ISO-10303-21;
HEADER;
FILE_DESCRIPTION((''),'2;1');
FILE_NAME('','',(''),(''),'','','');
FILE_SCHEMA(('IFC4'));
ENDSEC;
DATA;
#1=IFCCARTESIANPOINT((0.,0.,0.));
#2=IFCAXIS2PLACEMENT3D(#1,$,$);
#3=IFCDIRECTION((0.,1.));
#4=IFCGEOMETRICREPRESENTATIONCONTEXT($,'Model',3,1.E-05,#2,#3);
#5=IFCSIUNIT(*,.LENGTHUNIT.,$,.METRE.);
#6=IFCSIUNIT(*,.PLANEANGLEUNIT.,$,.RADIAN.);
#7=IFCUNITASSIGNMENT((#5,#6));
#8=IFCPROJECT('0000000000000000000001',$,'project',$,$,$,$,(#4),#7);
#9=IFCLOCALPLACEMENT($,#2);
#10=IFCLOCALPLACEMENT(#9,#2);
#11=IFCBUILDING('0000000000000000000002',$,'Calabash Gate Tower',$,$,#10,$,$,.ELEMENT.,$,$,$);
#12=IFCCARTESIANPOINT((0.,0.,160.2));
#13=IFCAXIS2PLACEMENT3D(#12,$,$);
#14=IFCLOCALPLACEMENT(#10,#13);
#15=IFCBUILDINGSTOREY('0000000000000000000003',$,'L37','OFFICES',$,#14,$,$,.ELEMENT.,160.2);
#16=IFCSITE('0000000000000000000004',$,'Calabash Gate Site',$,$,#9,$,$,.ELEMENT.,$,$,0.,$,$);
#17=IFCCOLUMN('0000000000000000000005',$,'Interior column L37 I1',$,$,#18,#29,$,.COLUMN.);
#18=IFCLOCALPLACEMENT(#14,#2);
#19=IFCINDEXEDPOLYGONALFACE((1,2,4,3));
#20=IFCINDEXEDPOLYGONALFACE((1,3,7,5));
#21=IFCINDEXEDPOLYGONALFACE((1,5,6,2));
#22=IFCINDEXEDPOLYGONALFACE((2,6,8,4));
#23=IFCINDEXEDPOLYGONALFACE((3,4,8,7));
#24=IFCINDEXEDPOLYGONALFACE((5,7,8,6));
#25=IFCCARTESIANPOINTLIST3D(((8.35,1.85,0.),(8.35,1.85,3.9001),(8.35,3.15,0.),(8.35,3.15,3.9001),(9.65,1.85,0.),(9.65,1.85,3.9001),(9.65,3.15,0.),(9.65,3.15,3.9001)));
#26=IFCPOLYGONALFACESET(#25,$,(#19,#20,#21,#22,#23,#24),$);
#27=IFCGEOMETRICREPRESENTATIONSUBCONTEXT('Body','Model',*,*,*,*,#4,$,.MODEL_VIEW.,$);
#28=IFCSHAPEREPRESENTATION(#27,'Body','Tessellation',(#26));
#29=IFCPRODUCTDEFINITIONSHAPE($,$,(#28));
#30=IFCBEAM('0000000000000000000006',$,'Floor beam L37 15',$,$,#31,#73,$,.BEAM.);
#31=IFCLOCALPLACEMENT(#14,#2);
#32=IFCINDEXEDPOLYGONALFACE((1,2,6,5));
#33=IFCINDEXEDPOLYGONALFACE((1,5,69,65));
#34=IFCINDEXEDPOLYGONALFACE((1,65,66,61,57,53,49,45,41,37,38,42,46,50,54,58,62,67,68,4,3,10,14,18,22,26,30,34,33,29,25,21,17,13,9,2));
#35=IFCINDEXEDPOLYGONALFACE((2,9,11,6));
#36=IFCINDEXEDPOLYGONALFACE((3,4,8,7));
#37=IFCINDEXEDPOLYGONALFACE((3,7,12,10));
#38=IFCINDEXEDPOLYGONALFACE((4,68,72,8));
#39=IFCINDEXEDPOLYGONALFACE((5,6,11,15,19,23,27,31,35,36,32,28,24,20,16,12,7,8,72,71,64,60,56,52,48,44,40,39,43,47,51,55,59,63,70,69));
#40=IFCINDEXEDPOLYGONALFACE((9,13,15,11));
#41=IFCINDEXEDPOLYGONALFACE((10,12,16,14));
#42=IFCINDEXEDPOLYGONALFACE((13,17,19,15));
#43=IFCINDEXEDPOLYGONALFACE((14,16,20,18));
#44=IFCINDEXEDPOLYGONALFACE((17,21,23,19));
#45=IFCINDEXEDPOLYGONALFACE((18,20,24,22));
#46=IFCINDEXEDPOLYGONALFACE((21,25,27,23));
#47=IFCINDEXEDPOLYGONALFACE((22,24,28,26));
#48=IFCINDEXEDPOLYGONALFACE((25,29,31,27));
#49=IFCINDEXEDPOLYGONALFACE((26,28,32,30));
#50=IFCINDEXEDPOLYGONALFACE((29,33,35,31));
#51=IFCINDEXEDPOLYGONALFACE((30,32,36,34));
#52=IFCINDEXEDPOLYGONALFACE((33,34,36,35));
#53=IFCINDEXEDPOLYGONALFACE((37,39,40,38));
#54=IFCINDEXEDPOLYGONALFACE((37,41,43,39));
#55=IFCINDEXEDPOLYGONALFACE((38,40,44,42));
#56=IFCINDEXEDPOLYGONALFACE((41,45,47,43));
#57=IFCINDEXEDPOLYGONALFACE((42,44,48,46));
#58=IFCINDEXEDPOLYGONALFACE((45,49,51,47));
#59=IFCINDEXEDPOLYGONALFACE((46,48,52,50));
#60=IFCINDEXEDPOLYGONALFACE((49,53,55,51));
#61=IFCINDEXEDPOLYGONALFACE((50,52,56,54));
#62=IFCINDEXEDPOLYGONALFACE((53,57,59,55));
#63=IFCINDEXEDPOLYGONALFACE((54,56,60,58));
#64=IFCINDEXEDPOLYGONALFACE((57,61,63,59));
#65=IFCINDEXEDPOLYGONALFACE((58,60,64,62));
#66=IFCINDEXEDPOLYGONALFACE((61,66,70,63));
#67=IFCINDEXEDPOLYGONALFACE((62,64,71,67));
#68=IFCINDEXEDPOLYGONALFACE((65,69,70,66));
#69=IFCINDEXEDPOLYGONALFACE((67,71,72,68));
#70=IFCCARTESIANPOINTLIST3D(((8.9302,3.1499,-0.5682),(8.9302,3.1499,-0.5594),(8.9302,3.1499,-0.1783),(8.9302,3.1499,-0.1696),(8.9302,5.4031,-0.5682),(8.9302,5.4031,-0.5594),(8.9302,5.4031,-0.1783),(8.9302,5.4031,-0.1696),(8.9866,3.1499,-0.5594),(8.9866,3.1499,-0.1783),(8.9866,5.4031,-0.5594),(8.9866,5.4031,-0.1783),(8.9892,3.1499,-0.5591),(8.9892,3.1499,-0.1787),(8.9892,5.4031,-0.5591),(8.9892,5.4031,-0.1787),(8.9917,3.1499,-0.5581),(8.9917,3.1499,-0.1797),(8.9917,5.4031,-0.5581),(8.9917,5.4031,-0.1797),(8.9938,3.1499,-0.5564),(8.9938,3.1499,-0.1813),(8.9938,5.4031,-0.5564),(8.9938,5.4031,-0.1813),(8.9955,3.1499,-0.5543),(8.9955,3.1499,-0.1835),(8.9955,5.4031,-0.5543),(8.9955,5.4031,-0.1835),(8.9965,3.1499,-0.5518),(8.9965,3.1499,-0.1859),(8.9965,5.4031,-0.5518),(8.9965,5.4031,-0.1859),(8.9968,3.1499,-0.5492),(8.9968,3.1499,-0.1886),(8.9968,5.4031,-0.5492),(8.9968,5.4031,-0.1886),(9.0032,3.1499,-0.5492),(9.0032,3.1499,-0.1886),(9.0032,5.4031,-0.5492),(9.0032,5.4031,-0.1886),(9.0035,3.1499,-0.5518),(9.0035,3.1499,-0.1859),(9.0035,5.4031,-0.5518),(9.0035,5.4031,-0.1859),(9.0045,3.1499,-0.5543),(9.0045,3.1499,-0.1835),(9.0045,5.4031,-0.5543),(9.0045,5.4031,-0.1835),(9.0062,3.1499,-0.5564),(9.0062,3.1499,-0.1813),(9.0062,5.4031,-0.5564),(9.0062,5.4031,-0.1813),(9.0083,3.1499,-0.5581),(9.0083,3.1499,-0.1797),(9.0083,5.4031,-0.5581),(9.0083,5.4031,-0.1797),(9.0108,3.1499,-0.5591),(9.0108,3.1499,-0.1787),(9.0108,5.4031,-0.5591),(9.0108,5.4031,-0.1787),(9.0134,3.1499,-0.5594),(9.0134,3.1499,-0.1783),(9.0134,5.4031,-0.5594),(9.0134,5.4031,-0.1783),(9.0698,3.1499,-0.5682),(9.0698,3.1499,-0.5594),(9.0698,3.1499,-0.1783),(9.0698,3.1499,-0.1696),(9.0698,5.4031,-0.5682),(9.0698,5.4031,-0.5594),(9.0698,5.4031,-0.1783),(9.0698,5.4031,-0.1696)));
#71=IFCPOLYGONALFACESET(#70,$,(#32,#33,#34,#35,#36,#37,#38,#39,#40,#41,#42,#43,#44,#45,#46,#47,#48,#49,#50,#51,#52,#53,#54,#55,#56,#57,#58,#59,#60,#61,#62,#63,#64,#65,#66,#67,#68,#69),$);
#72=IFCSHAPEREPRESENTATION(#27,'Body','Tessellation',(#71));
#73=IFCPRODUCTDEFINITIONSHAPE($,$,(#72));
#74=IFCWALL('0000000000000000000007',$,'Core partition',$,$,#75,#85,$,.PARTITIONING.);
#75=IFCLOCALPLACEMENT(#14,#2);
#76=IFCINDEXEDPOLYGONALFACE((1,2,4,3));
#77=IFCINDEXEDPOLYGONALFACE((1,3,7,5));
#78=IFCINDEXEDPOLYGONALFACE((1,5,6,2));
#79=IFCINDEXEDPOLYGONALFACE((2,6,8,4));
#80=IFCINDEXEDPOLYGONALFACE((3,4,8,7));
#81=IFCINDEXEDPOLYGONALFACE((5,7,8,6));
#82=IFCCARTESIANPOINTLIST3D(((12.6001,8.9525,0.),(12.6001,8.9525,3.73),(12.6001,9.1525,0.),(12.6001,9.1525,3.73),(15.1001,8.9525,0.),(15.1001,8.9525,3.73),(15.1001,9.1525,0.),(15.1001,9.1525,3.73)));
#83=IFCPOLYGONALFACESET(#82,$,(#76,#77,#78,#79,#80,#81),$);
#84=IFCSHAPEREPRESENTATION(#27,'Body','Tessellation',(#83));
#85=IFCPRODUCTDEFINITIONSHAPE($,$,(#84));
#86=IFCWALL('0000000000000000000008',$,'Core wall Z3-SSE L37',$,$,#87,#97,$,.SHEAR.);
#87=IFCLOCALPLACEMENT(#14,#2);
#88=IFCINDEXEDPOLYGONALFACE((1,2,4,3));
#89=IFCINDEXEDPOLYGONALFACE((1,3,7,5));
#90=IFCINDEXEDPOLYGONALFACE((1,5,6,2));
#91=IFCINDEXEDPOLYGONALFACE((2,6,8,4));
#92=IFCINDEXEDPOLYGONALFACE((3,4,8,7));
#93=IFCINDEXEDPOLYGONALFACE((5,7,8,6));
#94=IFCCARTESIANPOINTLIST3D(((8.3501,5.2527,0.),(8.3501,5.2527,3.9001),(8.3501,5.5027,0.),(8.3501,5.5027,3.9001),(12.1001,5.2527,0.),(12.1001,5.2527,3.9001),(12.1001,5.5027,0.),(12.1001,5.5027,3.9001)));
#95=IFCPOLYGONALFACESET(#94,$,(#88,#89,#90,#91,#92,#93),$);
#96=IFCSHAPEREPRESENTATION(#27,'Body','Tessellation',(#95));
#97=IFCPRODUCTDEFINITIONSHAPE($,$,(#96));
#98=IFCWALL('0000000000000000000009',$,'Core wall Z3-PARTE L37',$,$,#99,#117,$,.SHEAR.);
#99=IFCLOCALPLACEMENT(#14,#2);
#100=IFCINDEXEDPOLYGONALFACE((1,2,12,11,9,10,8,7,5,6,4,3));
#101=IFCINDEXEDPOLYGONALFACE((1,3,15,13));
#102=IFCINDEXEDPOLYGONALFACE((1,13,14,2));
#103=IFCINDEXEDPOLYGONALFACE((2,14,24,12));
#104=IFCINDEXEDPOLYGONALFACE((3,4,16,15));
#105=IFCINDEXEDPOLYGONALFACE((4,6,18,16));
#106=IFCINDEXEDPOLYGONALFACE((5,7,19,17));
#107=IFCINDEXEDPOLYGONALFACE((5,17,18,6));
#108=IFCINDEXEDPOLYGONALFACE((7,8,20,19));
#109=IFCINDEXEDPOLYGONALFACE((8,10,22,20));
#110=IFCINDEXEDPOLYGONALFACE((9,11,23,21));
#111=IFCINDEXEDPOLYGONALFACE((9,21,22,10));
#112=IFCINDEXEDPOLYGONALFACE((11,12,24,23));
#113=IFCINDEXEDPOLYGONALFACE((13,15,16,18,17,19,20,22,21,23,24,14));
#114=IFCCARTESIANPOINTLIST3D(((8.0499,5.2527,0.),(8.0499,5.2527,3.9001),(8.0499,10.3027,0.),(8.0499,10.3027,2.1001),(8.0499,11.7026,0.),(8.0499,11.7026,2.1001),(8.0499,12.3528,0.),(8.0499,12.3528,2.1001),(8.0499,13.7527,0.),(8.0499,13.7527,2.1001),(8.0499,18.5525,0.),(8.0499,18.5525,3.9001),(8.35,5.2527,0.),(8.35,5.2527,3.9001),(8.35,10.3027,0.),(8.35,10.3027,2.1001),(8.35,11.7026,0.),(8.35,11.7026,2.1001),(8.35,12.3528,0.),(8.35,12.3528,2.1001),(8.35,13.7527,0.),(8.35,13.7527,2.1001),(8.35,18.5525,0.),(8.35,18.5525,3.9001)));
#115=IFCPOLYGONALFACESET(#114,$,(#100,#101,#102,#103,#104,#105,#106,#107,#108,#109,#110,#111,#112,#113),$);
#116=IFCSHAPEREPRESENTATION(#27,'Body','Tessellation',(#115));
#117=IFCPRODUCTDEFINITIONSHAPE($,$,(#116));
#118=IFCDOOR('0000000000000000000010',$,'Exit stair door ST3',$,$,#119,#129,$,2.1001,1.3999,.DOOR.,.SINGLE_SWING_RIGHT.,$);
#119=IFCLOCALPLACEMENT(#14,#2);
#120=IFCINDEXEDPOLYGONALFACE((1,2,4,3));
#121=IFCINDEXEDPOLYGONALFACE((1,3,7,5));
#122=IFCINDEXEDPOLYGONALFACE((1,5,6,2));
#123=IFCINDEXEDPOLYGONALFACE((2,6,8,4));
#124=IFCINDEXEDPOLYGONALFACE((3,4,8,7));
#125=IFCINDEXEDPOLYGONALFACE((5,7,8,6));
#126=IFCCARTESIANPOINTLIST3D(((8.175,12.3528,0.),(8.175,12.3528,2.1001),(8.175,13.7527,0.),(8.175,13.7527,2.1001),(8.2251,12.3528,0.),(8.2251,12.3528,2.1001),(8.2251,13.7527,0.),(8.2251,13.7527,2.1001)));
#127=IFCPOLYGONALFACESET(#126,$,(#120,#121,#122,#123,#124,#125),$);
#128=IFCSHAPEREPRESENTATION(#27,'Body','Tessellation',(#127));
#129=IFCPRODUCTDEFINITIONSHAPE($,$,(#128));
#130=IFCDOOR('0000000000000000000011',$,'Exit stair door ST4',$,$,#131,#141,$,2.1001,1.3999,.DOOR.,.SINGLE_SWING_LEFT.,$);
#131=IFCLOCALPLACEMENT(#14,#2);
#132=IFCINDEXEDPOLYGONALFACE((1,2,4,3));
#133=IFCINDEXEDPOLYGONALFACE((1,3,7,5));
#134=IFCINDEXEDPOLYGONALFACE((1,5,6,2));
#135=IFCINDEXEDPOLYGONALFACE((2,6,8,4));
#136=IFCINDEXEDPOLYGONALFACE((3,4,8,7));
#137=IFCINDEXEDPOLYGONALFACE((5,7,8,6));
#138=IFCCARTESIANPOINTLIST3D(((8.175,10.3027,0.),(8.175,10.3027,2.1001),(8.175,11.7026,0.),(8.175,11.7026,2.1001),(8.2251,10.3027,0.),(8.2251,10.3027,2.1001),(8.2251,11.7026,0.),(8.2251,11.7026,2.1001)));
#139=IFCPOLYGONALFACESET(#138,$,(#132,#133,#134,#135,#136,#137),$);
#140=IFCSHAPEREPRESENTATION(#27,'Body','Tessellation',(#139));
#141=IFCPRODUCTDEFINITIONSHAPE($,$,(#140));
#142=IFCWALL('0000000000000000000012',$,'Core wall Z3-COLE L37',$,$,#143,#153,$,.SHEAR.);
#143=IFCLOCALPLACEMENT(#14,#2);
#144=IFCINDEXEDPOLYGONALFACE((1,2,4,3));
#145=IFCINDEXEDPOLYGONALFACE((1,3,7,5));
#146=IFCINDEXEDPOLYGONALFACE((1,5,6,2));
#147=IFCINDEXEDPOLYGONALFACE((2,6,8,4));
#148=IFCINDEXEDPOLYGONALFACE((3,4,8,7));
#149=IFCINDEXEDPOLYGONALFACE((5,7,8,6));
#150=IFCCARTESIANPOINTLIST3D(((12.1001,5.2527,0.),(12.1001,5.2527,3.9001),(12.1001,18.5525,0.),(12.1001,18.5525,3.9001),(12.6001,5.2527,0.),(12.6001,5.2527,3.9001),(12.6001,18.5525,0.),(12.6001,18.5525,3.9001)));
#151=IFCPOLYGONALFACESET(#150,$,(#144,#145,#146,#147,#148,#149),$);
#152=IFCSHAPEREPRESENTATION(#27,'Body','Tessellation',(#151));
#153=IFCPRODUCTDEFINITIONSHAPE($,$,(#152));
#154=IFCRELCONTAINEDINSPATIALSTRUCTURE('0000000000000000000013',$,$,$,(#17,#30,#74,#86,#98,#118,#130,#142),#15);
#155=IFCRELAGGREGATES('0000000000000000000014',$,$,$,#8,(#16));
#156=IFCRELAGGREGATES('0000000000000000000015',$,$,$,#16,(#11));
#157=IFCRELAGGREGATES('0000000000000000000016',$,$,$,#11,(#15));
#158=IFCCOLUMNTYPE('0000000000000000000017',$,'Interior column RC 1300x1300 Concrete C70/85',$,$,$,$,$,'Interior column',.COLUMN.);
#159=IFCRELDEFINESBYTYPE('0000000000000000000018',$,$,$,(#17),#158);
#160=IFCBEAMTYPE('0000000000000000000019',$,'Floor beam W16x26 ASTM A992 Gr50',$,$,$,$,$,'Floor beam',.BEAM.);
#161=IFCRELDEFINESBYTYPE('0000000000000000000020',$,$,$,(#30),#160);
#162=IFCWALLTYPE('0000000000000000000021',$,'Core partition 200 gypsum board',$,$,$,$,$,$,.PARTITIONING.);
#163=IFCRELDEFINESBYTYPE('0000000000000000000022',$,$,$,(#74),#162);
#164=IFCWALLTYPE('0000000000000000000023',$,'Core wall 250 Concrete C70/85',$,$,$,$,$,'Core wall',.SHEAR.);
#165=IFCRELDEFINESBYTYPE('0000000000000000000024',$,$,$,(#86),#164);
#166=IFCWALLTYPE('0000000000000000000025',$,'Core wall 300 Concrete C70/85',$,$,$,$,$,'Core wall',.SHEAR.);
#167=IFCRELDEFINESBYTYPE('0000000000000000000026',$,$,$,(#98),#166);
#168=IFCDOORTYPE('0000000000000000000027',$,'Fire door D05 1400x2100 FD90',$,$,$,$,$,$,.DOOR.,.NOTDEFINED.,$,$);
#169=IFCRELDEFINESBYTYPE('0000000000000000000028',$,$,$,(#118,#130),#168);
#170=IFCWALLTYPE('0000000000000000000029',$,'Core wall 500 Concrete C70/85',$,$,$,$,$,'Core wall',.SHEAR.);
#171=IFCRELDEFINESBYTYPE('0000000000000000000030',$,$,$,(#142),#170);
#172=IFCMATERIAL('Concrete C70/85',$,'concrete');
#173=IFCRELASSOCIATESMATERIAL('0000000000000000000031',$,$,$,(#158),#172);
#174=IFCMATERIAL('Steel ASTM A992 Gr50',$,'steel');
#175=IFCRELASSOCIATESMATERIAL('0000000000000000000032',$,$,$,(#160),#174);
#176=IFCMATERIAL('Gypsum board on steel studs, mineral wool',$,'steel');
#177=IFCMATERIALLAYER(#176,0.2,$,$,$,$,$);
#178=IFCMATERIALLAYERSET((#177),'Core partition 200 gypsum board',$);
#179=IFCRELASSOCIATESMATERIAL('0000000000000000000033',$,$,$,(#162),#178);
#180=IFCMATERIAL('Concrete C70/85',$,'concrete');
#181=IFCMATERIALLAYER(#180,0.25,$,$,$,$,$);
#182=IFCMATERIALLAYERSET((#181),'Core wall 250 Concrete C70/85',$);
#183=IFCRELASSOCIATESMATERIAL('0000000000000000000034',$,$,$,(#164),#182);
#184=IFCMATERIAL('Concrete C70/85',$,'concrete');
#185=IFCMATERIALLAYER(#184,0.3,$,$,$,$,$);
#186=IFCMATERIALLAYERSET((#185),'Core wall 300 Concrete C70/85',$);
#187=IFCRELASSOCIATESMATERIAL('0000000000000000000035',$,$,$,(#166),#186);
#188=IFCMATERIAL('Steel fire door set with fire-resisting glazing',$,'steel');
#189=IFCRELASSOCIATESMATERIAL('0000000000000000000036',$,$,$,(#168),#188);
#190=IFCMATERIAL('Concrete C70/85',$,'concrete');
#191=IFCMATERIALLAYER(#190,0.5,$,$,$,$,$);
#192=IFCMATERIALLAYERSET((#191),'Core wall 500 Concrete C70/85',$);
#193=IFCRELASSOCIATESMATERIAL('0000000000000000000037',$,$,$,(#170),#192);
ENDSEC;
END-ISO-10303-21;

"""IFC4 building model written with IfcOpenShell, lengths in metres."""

from ifc_helpers import new_model, si_unit, direction, frame, frame_2d, origin, origin_2d, place, context, subcontext, project, spatial, rectangle, i_section, extrude, material, layer, layer_set, material_profile, profile_set, type_object, element, fill, save


model = new_model("IFC4")

# Units and contexts
model_context = context("Model", 3, precision=1e-05, world=origin(), true_north=direction((0.0, 1.0)))
body_context = subcontext(model_context, "Body", "Model", "MODEL_VIEW")
ifc_project = project(units=[si_unit("LENGTHUNIT", "METRE"), si_unit("PLANEANGLEUNIT", "RADIAN")], contexts=[model_context])

# Site, building, storey
site_placement = place(None, origin())
site = spatial("IfcSite", under=ifc_project, at=site_placement, Name="Calabash Gate Site", CompositionType="ELEMENT", RefElevation=0.0)
building_placement = place(site_placement, origin())
building = spatial("IfcBuilding", under=site, at=building_placement, Name="Calabash Gate Tower", CompositionType="ELEMENT")
storey_placement = place(building_placement, frame((0.0, 0.0, 160.2)))
storey = spatial("IfcBuildingStorey", under=building, at=storey_placement, Name="L37", Description="OFFICES", CompositionType="ELEMENT", Elevation=160.2)

# Column
ifc_material_1 = material(Name="Concrete C70/85", Category="concrete")
ifc_material_profile_1 = material_profile(ifc_material_1, rectangle(XDim=1.3, YDim=1.3, at=origin_2d()))
ifc_profile_set_1 = profile_set([ifc_material_profile_1], Name="Concrete C70/85")
column_type = type_object("IfcColumnType", Name="Interior column RC 1300x1300 Concrete C70/85", ElementType="Interior column", PredefinedType="COLUMN", material=ifc_profile_set_1)
column_placement = place(storey_placement, frame((9.0, 2.5, 0.0), z_axis=(0.0, 0.0, 1.0), x_axis=(1.0, 0.0, 0.0)))
element("IfcColumn", 1, at=column_placement, inside=storey, type_object=column_type, Name="Interior column L37 I1", PredefinedType="COLUMN", context=body_context, shape_type="SweptSolid", body=[
    extrude(rectangle(XDim=1.3, YDim=1.3, at=origin_2d()), origin(), (0.0, 0.0, 1.0), 3.9001),
])

# Beam
ifc_material_2 = material(Name="Steel ASTM A992 Gr50", Category="steel")
ifc_material_profile_2 = material_profile(ifc_material_2, i_section(OverallWidth=0.1396, OverallDepth=0.3987, WebThickness=0.0063, FlangeThickness=0.0088, FilletRadius=0.0103, at=origin_2d()))
ifc_profile_set_2 = profile_set([ifc_material_profile_2], Name="Steel ASTM A992 Gr50")
beam_type = type_object("IfcBeamType", Name="Floor beam W16x26 ASTM A992 Gr50", ElementType="Floor beam", PredefinedType="BEAM", material=ifc_profile_set_2)
beam_placement = place(storey_placement, frame((9.0, 3.1499, -0.3689), z_axis=(0.0, 1.0, 0.0), x_axis=(-1.0, 0.0, 0.0)))
element("IfcBeam", 2, at=beam_placement, inside=storey, type_object=beam_type, Name="Floor beam L37 15", PredefinedType="BEAM", context=body_context, shape_type="SweptSolid", body=[
    extrude(i_section(OverallWidth=0.1396, OverallDepth=0.3987, WebThickness=0.0063, FlangeThickness=0.0088, FilletRadius=0.0103, at=origin_2d()), origin(), (0.0, 0.0, 1.0), 2.2532),
])

# Walls
ifc_material_3 = material(Name="Gypsum board on steel studs, mineral wool", Category="steel")
ifc_layer_1 = layer(ifc_material_3, 0.2)
ifc_layer_set_1 = layer_set([ifc_layer_1], Name="Core partition 200 gypsum board")
wall_type_1 = type_object("IfcWallType", Name="Core partition 200 gypsum board", PredefinedType="PARTITIONING", material=ifc_layer_set_1)
wall_1_placement = place(storey_placement, frame((12.6001, 9.0525, 0.0), z_axis=(0.0, 0.0, 1.0), x_axis=(1.0, 0.0, 0.0)))
element("IfcWall", 3, at=wall_1_placement, inside=storey, type_object=wall_type_1, Name="Core partition", PredefinedType="PARTITIONING", context=body_context, shape_type="SweptSolid", body=[
    extrude(rectangle(XDim=2.5, YDim=0.2, at=frame_2d((1.25, 0.0))), origin(), (0.0, 0.0, 1.0), 3.73),
])
ifc_material_4 = material(Name="Concrete C70/85", Category="concrete")
ifc_layer_2 = layer(ifc_material_4, 0.25)
ifc_layer_set_2 = layer_set([ifc_layer_2], Name="Core wall 250 Concrete C70/85")
wall_type_2 = type_object("IfcWallType", Name="Core wall 250 Concrete C70/85", ElementType="Core wall", PredefinedType="SHEAR", material=ifc_layer_set_2)
wall_2_placement = place(storey_placement, frame((8.3501, 5.3777, 0.0), z_axis=(0.0, 0.0, 1.0), x_axis=(1.0, 0.0, 0.0)))
element("IfcWall", 4, at=wall_2_placement, inside=storey, type_object=wall_type_2, Name="Core wall Z3-SSE L37", PredefinedType="SHEAR", context=body_context, shape_type="SweptSolid", body=[
    extrude(rectangle(XDim=3.75, YDim=0.25, at=frame_2d((1.875, 0.0))), origin(), (0.0, 0.0, 1.0), 3.9001),
])

# Wall, openings, doors
ifc_material_5 = material(Name="Concrete C70/85", Category="concrete")
ifc_layer_3 = layer(ifc_material_5, 0.3)
ifc_layer_set_3 = layer_set([ifc_layer_3], Name="Core wall 300 Concrete C70/85")
wall_type_3 = type_object("IfcWallType", Name="Core wall 300 Concrete C70/85", ElementType="Core wall", PredefinedType="SHEAR", material=ifc_layer_set_3)
wall_3_placement = place(storey_placement, frame((8.2, 5.2527, 0.0), z_axis=(0.0, 0.0, 1.0), x_axis=(0.0, 1.0, 0.0)))
wall_3 = element("IfcWall", 5, at=wall_3_placement, inside=storey, type_object=wall_type_3, Name="Core wall Z3-PARTE L37", PredefinedType="SHEAR", context=body_context, shape_type="SweptSolid", body=[
    extrude(rectangle(XDim=13.2998, YDim=0.3, at=frame_2d((6.6499, 0.0))), origin(), (0.0, 0.0, 1.0), 3.9001),
])
opening_1_placement = place(wall_3_placement, frame((7.1001, 0.0, 0.0)))
opening_1 = element("IfcOpeningElement", 6, at=opening_1_placement, cuts=wall_3, PredefinedType="OPENING", context=body_context, shape_type="SweptSolid", body=[
    extrude(rectangle(XDim=1.3999, YDim=2.1001, at=frame_2d((0.7, 1.05))), frame((0.0, 0.1599, 0.0), z_axis=(0.0, -1.0, 0.0), x_axis=(1.0, 0.0, 0.0)), (0.0, 0.0, 1.0), 0.3201),
])
opening_2_placement = place(wall_3_placement, frame((5.05, 0.0, 0.0)))
opening_2 = element("IfcOpeningElement", 7, at=opening_2_placement, cuts=wall_3, PredefinedType="OPENING", context=body_context, shape_type="SweptSolid", body=[
    extrude(rectangle(XDim=1.3999, YDim=2.1001, at=frame_2d((0.7, 1.05))), frame((0.0, 0.1599, 0.0), z_axis=(0.0, -1.0, 0.0), x_axis=(1.0, 0.0, 0.0)), (0.0, 0.0, 1.0), 0.3201),
])
ifc_material_6 = material(Name="Steel fire door set with fire-resisting glazing", Category="steel")
door_type_1 = type_object("IfcDoorType", Name="Fire door D05 1400x2100 FD90", OperationType="NOTDEFINED", PredefinedType="DOOR", material=ifc_material_6)
door_1_placement = place(opening_1_placement, origin())
door_1 = element("IfcDoor", 8, at=door_1_placement, inside=storey, type_object=door_type_1, Name="Exit stair door ST3", OperationType="SINGLE_SWING_RIGHT", OverallHeight=2.1001, OverallWidth=1.3999, PredefinedType="DOOR", context=body_context, shape_type="SweptSolid", body=[
    extrude(rectangle(XDim=1.3999, YDim=2.1001, at=frame_2d((0.7, 1.05))), frame((0.0, 0.0249, 0.0), z_axis=(0.0, -1.0, 0.0), x_axis=(1.0, 0.0, 0.0)), (0.0, 0.0, 1.0), 0.05),
])
fill(opening_1, door_1)
door_2_placement = place(opening_2_placement, origin())
door_2 = element("IfcDoor", 9, at=door_2_placement, inside=storey, type_object=door_type_1, Name="Exit stair door ST4", OperationType="SINGLE_SWING_LEFT", OverallHeight=2.1001, OverallWidth=1.3999, PredefinedType="DOOR", context=body_context, shape_type="SweptSolid", body=[
    extrude(rectangle(XDim=1.3999, YDim=2.1001, at=frame_2d((0.7, 1.05))), frame((0.0, 0.0249, 0.0), z_axis=(0.0, -1.0, 0.0), x_axis=(1.0, 0.0, 0.0)), (0.0, 0.0, 1.0), 0.05),
])
fill(opening_2, door_2)

# Wall
ifc_material_7 = material(Name="Concrete C70/85", Category="concrete")
ifc_layer_4 = layer(ifc_material_7, 0.5)
ifc_layer_set_4 = layer_set([ifc_layer_4], Name="Core wall 500 Concrete C70/85")
wall_type_4 = type_object("IfcWallType", Name="Core wall 500 Concrete C70/85", ElementType="Core wall", PredefinedType="SHEAR", material=ifc_layer_set_4)
wall_4_placement = place(storey_placement, frame((12.3501, 5.2527, 0.0), z_axis=(0.0, 0.0, 1.0), x_axis=(0.0, 1.0, 0.0)))
element("IfcWall", 10, at=wall_4_placement, inside=storey, type_object=wall_type_4, Name="Core wall Z3-COLE L37", PredefinedType="SHEAR", context=body_context, shape_type="SweptSolid", body=[
    extrude(rectangle(XDim=13.2998, YDim=0.5, at=frame_2d((6.6499, 0.0))), origin(), (0.0, 0.0, 1.0), 3.9001),
])

save(model, "model.ifc")
